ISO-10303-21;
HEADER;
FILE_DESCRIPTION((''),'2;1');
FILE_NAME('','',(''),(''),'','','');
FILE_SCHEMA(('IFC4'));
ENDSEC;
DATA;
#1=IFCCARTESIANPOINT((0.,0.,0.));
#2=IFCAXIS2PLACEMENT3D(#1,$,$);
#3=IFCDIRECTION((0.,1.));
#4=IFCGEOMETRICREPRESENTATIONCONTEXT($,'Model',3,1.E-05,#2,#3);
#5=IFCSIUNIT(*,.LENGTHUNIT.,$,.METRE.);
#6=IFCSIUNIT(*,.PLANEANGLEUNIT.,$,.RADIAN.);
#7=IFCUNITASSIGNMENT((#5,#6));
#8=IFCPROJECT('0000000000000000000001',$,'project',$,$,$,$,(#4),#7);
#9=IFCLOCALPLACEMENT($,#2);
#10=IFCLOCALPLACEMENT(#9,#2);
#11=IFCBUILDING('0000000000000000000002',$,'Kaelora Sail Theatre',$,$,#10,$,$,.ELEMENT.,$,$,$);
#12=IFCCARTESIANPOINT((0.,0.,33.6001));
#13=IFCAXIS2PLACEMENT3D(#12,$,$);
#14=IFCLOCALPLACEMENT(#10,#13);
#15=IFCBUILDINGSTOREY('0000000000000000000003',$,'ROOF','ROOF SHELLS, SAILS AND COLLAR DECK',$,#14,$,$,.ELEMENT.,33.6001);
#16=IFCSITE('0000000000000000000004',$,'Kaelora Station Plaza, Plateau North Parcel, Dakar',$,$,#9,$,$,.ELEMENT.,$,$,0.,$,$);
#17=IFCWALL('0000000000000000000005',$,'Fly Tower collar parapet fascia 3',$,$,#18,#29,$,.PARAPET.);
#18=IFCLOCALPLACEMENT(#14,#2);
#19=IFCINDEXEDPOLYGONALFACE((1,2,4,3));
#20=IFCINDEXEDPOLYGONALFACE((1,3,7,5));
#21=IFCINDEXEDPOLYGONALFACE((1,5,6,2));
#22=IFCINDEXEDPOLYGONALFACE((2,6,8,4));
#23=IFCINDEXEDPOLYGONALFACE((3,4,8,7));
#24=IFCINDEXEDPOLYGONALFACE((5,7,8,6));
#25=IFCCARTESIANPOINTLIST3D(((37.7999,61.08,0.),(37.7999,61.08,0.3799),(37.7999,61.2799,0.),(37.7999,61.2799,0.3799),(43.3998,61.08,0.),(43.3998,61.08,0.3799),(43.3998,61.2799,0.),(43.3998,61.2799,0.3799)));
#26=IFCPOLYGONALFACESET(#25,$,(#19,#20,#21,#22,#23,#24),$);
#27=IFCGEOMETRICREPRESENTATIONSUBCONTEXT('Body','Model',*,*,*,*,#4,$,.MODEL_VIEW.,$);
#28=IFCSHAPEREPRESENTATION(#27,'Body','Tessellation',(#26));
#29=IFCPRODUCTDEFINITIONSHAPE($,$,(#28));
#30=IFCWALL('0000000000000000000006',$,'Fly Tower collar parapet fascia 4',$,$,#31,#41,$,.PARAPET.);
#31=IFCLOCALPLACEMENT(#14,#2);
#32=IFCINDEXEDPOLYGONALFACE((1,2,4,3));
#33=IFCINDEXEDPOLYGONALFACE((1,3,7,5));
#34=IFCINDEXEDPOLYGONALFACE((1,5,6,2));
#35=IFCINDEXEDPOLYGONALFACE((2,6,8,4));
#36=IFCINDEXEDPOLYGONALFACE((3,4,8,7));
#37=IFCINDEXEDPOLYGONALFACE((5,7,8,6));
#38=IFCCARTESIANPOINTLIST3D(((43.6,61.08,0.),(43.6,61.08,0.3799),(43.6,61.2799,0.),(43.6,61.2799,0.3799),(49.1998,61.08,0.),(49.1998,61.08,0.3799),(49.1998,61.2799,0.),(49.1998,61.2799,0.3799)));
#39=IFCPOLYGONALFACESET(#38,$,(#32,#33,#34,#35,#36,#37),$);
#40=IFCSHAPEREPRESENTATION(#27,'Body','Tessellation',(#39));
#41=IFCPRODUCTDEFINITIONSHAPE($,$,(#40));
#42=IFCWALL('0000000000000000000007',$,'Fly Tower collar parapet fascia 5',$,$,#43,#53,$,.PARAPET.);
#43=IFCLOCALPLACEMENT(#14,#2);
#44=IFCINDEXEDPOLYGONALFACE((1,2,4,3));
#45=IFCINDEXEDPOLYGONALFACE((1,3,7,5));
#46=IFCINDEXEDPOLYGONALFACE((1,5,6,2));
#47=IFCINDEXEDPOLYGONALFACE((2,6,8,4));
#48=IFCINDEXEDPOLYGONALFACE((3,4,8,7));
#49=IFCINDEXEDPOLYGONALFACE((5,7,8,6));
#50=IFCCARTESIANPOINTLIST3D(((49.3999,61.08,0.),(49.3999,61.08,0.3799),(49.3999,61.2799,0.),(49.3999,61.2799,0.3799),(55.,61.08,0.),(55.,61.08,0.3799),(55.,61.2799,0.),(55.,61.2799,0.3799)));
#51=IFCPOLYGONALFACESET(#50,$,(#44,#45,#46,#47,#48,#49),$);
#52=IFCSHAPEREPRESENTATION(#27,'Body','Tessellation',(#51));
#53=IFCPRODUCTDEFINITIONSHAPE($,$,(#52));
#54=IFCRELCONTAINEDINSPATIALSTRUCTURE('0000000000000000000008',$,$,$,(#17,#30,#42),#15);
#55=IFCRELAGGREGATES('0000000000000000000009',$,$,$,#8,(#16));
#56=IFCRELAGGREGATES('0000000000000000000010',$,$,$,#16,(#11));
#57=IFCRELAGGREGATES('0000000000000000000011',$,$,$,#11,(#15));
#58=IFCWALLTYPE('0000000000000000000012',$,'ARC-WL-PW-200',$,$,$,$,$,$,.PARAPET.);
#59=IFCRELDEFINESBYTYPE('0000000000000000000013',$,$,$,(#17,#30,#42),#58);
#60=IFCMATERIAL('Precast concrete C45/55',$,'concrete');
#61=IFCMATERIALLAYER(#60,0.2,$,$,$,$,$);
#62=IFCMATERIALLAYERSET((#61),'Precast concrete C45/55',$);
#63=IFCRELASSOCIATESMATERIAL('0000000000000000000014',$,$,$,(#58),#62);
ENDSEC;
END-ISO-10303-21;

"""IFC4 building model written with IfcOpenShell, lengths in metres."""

from ifc_helpers import new_model, si_unit, direction, frame, frame_2d, origin, place, context, subcontext, project, spatial, rectangle, extrude, material, layer, layer_set, type_object, element, save


model = new_model("IFC4")

# Units and contexts
model_context = context("Model", 3, precision=1e-05, world=origin(), true_north=direction((0.0, 1.0)))
body_context = subcontext(model_context, "Body", "Model", "MODEL_VIEW")
ifc_project = project(units=[si_unit("LENGTHUNIT", "METRE"), si_unit("PLANEANGLEUNIT", "RADIAN")], contexts=[model_context])

# Site, building, storey
site_placement = place(None, origin())
site = spatial("IfcSite", under=ifc_project, at=site_placement, Name="Kaelora Station Plaza, Plateau North Parcel, Dakar", CompositionType="ELEMENT", RefElevation=0.0)
building_placement = place(site_placement, origin())
building = spatial("IfcBuilding", under=site, at=building_placement, Name="Kaelora Sail Theatre", CompositionType="ELEMENT")
storey_placement = place(building_placement, frame((0.0, 0.0, 33.6001)))
storey = spatial("IfcBuildingStorey", under=building, at=storey_placement, Name="ROOF", Description="ROOF SHELLS, SAILS AND COLLAR DECK", CompositionType="ELEMENT", Elevation=33.6001)

# Walls
ifc_material_1 = material(Name="Precast concrete C45/55", Category="concrete")
ifc_layer_1 = layer(ifc_material_1, 0.2)
ifc_layer_set_1 = layer_set([ifc_layer_1], Name="Precast concrete C45/55")
wall_type_1 = type_object("IfcWallType", Name="ARC-WL-PW-200", PredefinedType="PARAPET", material=ifc_layer_set_1)
for number, where, z_axis, x_axis, name in (
    (1, (37.8, 61.1799, 0.0), (0.0, 0.0, 1.0), (1.0, 0.0, 0.0), "Fly Tower collar parapet fascia 3"),
    (2, (43.6001, 61.1799, 0.0), (0.0, 0.0, 1.0), (1.0, 0.0, 0.0), "Fly Tower collar parapet fascia 4"),
):
    element("IfcWall", number, at=place(storey_placement, frame(where, z_axis=z_axis, x_axis=x_axis)), inside=storey, type_object=wall_type_1, Name=name, PredefinedType="PARAPET", context=body_context, shape_type="SweptSolid", body=[
        extrude(rectangle(XDim=5.5999, YDim=0.2, at=frame_2d((2.7998, 0.0))), origin(), (0.0, 0.0, 1.0), 0.3799),
    ])
wall_1_placement = place(storey_placement, frame((49.3999, 61.1799, 0.0), z_axis=(0.0, 0.0, 1.0), x_axis=(1.0, 0.0, 0.0)))
element("IfcWall", 3, at=wall_1_placement, inside=storey, type_object=wall_type_1, Name="Fly Tower collar parapet fascia 5", PredefinedType="PARAPET", context=body_context, shape_type="SweptSolid", body=[
    extrude(rectangle(XDim=5.6001, YDim=0.2, at=frame_2d((2.8, 0.0))), origin(), (0.0, 0.0, 1.0), 0.3799),
])

save(model, "model.ifc")
